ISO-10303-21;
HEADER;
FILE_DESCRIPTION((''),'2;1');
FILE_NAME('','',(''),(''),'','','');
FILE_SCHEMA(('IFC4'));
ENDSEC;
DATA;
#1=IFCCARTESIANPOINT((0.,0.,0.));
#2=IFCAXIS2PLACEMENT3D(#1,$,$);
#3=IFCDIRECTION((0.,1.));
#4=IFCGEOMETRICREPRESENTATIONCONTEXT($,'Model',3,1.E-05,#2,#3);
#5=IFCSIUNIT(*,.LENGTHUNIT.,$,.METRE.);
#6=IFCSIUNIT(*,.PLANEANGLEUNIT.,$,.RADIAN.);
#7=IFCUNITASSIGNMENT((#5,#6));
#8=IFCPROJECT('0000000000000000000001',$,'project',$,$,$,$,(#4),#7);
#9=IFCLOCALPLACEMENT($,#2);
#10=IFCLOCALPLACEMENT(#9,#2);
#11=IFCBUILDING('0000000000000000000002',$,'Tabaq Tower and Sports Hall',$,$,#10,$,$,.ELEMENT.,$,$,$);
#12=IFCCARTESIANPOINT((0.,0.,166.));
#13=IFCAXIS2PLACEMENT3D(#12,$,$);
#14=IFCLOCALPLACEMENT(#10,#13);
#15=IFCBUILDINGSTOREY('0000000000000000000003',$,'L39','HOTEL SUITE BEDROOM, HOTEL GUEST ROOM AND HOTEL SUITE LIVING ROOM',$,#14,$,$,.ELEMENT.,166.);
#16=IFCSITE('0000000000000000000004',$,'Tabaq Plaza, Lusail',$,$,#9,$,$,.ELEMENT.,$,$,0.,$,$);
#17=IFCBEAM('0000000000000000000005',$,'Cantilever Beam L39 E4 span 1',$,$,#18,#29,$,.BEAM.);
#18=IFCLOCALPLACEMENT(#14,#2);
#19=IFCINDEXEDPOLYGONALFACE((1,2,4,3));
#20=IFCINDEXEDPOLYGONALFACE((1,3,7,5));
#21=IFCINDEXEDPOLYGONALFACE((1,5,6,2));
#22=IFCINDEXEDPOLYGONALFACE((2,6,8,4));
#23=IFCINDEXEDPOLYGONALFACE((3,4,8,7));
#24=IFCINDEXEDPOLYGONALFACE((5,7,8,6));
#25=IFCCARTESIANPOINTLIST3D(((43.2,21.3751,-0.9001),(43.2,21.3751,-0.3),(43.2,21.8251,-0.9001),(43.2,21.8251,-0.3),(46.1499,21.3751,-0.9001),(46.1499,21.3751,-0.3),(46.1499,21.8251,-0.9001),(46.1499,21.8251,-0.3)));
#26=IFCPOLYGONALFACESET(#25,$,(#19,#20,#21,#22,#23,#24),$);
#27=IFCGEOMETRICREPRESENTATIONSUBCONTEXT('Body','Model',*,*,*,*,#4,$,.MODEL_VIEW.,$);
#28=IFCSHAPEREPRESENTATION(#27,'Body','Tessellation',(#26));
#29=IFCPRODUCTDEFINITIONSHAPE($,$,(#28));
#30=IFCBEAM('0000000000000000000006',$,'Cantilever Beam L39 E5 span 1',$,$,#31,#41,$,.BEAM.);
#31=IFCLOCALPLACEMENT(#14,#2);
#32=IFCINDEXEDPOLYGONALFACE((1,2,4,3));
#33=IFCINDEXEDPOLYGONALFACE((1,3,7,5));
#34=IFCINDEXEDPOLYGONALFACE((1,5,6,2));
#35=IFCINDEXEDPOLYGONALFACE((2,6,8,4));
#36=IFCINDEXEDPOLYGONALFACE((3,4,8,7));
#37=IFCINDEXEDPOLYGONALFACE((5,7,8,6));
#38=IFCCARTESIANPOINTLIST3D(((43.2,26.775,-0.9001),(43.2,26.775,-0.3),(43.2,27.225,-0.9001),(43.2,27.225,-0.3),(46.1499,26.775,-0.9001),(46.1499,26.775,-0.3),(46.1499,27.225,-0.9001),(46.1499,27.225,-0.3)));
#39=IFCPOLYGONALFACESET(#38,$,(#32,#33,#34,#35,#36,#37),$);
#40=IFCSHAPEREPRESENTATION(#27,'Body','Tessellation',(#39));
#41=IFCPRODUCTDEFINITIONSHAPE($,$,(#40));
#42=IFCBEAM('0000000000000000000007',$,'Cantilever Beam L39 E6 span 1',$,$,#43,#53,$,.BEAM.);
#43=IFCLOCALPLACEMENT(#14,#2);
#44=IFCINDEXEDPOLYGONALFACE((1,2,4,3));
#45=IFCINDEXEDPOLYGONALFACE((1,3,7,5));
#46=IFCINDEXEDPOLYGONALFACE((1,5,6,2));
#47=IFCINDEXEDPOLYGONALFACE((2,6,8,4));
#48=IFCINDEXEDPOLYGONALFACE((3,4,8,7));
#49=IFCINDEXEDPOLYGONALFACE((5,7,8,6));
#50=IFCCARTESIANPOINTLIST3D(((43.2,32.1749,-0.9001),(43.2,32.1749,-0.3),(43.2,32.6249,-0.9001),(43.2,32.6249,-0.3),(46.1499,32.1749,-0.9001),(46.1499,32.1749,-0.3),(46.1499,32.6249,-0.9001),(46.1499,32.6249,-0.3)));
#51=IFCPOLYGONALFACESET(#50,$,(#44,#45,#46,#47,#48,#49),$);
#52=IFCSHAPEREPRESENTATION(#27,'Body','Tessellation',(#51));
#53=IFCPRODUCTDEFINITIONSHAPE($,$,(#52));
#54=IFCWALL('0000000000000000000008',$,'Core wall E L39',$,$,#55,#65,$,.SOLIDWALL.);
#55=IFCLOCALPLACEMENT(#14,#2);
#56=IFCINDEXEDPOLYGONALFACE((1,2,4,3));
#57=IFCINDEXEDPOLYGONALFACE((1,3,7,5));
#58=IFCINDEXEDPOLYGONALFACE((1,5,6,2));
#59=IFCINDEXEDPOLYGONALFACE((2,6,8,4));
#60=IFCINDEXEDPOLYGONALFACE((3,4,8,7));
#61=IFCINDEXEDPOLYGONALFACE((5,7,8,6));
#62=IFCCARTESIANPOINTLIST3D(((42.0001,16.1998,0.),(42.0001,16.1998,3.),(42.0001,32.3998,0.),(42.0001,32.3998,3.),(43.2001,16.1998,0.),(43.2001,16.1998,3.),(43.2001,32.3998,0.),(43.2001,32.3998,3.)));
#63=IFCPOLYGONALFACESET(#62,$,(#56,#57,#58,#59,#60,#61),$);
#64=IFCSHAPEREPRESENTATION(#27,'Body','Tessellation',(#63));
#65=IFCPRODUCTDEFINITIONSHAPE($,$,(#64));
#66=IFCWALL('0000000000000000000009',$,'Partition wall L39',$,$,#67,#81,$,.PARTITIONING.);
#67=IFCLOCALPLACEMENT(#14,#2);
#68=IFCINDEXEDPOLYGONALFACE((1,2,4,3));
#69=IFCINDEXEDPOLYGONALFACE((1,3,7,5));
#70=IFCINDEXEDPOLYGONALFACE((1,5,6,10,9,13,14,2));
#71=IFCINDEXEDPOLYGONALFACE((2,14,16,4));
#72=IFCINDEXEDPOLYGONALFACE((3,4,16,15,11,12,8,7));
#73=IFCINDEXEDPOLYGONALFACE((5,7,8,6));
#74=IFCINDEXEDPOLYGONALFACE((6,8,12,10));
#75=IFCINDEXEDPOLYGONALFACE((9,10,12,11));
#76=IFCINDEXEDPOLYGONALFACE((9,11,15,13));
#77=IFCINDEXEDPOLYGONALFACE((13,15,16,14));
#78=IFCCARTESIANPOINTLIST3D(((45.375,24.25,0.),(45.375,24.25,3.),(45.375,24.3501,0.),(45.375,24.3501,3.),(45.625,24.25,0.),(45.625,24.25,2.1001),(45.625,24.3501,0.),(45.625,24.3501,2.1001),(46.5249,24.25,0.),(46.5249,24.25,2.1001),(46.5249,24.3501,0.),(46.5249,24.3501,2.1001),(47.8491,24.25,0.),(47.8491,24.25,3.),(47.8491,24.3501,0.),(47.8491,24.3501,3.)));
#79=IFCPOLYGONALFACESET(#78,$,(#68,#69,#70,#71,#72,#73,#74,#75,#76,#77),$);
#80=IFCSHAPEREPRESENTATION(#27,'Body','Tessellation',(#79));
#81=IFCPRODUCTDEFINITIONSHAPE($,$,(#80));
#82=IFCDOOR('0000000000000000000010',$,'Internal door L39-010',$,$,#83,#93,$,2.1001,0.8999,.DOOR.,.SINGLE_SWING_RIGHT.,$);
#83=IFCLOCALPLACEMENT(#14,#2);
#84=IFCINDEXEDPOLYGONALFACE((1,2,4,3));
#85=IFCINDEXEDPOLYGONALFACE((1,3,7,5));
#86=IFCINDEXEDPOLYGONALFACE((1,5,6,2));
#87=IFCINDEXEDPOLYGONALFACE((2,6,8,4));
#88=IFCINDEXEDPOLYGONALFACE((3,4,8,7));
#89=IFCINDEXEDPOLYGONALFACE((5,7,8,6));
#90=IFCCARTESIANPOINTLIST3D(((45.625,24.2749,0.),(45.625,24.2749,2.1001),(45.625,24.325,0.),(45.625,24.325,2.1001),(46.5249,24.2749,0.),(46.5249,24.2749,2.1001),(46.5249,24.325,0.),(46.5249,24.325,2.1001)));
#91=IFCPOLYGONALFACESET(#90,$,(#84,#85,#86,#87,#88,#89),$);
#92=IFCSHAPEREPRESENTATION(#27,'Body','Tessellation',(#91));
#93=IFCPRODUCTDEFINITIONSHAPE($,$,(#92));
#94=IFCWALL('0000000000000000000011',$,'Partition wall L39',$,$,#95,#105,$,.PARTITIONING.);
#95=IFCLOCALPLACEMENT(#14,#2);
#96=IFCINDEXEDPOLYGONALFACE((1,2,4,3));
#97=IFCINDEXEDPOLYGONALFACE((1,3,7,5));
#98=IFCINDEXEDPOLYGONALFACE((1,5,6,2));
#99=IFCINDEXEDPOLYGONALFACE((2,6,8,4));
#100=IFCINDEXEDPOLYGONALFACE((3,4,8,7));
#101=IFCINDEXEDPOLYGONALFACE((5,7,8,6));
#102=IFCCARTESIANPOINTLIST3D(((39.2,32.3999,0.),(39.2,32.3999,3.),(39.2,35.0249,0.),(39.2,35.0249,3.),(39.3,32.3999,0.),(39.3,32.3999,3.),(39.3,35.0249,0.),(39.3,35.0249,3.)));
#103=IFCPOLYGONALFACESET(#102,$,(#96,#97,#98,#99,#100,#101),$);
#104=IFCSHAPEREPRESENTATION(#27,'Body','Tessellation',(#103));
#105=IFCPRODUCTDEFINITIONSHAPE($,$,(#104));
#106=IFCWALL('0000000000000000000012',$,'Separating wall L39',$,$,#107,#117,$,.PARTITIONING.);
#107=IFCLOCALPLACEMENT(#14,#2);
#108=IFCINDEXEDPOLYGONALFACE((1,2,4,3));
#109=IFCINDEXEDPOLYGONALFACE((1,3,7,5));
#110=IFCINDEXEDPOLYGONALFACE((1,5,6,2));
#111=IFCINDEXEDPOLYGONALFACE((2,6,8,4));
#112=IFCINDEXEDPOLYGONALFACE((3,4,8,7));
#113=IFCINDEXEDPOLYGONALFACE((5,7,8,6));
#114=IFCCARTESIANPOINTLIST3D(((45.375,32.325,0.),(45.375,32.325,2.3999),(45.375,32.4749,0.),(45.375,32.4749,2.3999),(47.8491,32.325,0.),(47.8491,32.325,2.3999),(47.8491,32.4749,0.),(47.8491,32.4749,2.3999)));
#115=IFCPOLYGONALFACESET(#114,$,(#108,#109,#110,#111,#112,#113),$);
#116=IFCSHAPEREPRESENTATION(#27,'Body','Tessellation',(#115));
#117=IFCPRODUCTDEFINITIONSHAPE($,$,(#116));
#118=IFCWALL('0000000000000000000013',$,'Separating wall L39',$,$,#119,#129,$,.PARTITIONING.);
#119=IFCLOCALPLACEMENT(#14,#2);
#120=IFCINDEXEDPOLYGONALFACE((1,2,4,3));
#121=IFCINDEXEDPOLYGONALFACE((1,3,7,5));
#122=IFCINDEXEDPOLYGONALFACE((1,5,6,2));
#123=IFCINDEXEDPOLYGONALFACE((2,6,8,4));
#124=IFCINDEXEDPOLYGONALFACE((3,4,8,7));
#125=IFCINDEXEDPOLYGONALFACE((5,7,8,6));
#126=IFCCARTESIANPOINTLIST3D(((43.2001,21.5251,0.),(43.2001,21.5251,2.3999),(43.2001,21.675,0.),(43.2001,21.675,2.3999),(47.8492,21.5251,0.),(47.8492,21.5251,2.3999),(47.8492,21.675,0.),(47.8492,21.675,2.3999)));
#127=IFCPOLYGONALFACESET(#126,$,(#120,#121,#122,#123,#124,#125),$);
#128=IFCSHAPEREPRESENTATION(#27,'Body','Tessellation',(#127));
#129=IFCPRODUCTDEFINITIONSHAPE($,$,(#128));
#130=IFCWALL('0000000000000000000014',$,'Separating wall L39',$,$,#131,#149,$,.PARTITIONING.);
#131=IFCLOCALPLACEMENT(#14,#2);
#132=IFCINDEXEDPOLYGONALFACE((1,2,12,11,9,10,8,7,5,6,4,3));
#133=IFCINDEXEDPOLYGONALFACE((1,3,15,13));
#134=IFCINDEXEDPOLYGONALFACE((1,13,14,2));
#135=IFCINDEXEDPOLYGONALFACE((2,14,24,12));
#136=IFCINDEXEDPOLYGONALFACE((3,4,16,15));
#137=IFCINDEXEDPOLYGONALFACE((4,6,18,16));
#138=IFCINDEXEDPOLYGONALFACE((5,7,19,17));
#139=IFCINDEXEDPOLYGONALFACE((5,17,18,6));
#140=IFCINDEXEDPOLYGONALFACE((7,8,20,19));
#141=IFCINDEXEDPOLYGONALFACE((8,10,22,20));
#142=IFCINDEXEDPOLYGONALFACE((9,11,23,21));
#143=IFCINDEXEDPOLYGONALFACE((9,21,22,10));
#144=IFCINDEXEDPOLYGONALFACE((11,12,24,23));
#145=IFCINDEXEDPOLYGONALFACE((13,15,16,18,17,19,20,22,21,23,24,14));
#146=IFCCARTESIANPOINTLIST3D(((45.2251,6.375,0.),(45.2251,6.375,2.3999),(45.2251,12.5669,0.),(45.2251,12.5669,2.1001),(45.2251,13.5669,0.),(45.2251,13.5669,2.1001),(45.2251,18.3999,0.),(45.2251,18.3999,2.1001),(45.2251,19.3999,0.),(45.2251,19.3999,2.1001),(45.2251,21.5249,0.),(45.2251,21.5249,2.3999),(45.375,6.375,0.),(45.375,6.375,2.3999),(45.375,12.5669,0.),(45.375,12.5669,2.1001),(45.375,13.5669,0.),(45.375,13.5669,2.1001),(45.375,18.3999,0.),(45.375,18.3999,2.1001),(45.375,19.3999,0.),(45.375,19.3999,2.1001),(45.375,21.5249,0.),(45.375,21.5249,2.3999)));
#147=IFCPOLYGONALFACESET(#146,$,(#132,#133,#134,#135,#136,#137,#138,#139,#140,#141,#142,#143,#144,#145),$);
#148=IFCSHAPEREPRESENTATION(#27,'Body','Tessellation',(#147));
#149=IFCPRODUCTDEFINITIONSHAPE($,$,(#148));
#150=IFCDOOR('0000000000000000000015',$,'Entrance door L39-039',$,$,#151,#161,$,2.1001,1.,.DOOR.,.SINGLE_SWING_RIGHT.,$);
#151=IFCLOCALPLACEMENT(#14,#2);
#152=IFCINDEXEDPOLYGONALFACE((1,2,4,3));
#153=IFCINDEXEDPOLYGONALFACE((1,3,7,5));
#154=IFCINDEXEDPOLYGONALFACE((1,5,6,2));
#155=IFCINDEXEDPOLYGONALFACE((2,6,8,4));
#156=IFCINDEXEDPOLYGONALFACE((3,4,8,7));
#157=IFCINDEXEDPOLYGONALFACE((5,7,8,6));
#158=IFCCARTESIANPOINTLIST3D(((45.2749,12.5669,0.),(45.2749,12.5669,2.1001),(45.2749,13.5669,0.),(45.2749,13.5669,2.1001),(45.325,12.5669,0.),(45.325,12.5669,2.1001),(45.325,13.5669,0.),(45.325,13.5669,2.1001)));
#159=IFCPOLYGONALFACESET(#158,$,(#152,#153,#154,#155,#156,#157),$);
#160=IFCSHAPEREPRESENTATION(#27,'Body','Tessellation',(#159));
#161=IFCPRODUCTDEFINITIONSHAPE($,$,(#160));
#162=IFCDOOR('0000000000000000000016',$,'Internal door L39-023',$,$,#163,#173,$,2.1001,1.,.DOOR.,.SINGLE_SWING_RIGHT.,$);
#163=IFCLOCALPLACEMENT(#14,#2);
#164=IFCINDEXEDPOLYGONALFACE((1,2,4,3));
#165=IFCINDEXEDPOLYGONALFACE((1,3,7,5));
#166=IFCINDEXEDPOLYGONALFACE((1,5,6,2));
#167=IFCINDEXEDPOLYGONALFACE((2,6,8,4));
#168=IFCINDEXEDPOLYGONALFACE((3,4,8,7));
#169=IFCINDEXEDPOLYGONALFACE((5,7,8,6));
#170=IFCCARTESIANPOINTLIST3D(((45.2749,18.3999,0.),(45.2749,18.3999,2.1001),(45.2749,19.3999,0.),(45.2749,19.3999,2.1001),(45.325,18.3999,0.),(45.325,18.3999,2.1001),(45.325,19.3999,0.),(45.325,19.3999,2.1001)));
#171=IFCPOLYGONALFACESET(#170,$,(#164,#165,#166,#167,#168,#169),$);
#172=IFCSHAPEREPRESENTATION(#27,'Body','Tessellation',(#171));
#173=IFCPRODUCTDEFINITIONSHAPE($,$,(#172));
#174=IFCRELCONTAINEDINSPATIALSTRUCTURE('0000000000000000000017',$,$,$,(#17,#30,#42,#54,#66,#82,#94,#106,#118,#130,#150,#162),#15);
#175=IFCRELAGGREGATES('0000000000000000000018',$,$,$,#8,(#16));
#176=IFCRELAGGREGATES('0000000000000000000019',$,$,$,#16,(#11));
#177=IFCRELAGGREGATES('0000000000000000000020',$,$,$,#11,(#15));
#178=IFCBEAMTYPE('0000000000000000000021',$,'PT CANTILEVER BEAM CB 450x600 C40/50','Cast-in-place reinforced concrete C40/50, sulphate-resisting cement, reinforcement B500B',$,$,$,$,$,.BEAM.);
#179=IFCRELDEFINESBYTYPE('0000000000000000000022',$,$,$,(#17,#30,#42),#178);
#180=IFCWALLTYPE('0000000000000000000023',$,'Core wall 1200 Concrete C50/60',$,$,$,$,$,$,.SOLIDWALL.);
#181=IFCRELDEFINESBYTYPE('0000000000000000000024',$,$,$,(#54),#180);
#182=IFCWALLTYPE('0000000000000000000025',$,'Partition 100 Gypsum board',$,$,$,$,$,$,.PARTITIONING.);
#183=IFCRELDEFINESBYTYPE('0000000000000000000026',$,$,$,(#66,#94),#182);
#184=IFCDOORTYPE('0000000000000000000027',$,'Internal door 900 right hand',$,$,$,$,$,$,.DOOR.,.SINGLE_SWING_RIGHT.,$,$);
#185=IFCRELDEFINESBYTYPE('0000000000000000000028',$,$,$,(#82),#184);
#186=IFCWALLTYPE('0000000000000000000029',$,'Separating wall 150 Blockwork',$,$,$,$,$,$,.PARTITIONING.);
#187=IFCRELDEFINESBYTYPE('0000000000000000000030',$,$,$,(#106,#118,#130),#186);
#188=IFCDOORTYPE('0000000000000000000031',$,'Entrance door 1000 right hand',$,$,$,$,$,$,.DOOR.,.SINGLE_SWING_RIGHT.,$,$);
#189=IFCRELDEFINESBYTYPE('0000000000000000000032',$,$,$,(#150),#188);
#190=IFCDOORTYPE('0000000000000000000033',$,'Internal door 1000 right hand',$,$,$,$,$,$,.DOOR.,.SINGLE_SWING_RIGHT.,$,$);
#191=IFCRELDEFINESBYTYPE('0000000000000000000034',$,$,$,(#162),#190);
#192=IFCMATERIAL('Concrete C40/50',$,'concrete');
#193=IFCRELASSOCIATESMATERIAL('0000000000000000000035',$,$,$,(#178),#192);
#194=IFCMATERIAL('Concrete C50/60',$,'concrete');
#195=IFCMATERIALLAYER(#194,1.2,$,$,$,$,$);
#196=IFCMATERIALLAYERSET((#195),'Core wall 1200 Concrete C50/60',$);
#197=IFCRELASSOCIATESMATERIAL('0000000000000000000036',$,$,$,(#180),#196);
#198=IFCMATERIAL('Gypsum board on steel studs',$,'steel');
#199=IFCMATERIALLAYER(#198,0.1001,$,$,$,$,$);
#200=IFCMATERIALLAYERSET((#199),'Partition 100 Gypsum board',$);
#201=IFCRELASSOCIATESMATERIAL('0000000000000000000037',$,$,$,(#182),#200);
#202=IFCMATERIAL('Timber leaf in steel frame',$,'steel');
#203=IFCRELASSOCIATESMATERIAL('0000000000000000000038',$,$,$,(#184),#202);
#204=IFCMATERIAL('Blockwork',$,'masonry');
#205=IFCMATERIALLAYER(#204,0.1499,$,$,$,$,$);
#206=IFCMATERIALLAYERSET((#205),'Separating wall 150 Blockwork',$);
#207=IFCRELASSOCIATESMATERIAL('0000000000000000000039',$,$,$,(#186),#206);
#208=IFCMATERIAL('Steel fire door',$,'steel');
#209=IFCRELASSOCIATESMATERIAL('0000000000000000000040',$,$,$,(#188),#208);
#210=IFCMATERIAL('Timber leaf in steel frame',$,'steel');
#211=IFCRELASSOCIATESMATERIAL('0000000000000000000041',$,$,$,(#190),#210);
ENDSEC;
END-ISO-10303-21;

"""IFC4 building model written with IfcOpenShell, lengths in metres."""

from ifc_helpers import new_model, si_unit, direction, frame, frame_2d, origin, origin_2d, place, context, subcontext, project, spatial, rectangle, extrude, material, layer, layer_set, material_profile, profile_set, type_object, element, fill, save


model = new_model("IFC4")

# Units and contexts
model_context = context("Model", 3, precision=1e-05, world=origin(), true_north=direction((0.0, 1.0)))
body_context = subcontext(model_context, "Body", "Model", "MODEL_VIEW")
ifc_project = project(units=[si_unit("LENGTHUNIT", "METRE"), si_unit("PLANEANGLEUNIT", "RADIAN")], contexts=[model_context])

# Site, building, storey
site_placement = place(None, origin())
site = spatial("IfcSite", under=ifc_project, at=site_placement, Name="Tabaq Plaza, Lusail", CompositionType="ELEMENT", RefElevation=0.0)
building_placement = place(site_placement, origin())
building = spatial("IfcBuilding", under=site, at=building_placement, Name="Tabaq Tower and Sports Hall", CompositionType="ELEMENT")
storey_placement = place(building_placement, frame((0.0, 0.0, 166.0)))
storey = spatial("IfcBuildingStorey", under=building, at=storey_placement, Name="L39", Description="HOTEL SUITE BEDROOM, HOTEL GUEST ROOM AND HOTEL SUITE LIVING ROOM", CompositionType="ELEMENT", Elevation=166.0)

# Beams
ifc_material_1 = material(Name="Concrete C40/50", Category="concrete")
ifc_material_profile = material_profile(ifc_material_1, rectangle(XDim=0.45, YDim=0.6001, at=origin_2d()), Name="CB 450x600")
ifc_profile_set = profile_set([ifc_material_profile], Name="Concrete C40/50")
beam_type = type_object("IfcBeamType", Name="PT CANTILEVER BEAM CB 450x600 C40/50", Description="Cast-in-place reinforced concrete C40/50, sulphate-resisting cement, reinforcement B500B", PredefinedType="BEAM", material=ifc_profile_set)
for number, where, z_axis, x_axis, name in (
    (1, (46.1499, 21.6001, -0.6001), (-1.0, 0.0, 0.0), (0.0, -1.0, 0.0), "Cantilever Beam L39 E4 span 1"),
    (2, (46.1499, 27.0, -0.6001), (-1.0, 0.0, 0.0), (0.0, -1.0, 0.0), "Cantilever Beam L39 E5 span 1"),
    (3, (46.1499, 32.3999, -0.6001), (-1.0, 0.0, 0.0), (0.0, -1.0, 0.0), "Cantilever Beam L39 E6 span 1"),
):
    element("IfcBeam", number, at=place(storey_placement, frame(where, z_axis=z_axis, x_axis=x_axis)), inside=storey, type_object=beam_type, Name=name, PredefinedType="BEAM", context=body_context, shape_type="SweptSolid", body=[
        extrude(rectangle(XDim=0.45, YDim=0.6001, at=origin_2d()), origin(), (0.0, 0.0, 1.0), 2.95),
    ])

# Wall
ifc_material_2 = material(Name="Concrete C50/60", Category="concrete")
ifc_layer_1 = layer(ifc_material_2, 1.2)
ifc_layer_set_1 = layer_set([ifc_layer_1], Name="Core wall 1200 Concrete C50/60")
wall_type_1 = type_object("IfcWallType", Name="Core wall 1200 Concrete C50/60", PredefinedType="SOLIDWALL", material=ifc_layer_set_1)
wall_1_placement = place(storey_placement, frame((42.6001, 32.3999, 0.0), z_axis=(0.0, 0.0, 1.0), x_axis=(0.0, -1.0, 0.0)))
element("IfcWall", 4, at=wall_1_placement, inside=storey, type_object=wall_type_1, Name="Core wall E L39", PredefinedType="SOLIDWALL", context=body_context, shape_type="SweptSolid", body=[
    extrude(rectangle(XDim=16.2, YDim=1.2, at=frame_2d((8.1001, 0.0))), origin(), (0.0, 0.0, 1.0), 3.0),
])

# Wall, opening, door
ifc_material_3 = material(Name="Gypsum board on steel studs", Category="steel")
ifc_layer_2 = layer(ifc_material_3, 0.1001)
ifc_layer_set_2 = layer_set([ifc_layer_2], Name="Partition 100 Gypsum board")
wall_type_2 = type_object("IfcWallType", Name="Partition 100 Gypsum board", PredefinedType="PARTITIONING", material=ifc_layer_set_2)
wall_2_placement = place(storey_placement, frame((45.375, 24.3, 0.0), z_axis=(0.0, 0.0, 1.0), x_axis=(1.0, 0.0, 0.0)))
wall_2 = element("IfcWall", 5, at=wall_2_placement, inside=storey, type_object=wall_type_2, Name="Partition wall L39", PredefinedType="PARTITIONING", context=body_context, shape_type="SweptSolid", body=[
    extrude(rectangle(XDim=2.4741, YDim=0.1001, at=frame_2d((1.2371, 0.0))), origin(), (0.0, 0.0, 1.0), 3.0),
])
opening_1_placement = place(wall_2_placement, frame((0.25, 0.0, 0.0)))
opening_1 = element("IfcOpeningElement", 6, at=opening_1_placement, cuts=wall_2, PredefinedType="OPENING", context=body_context, shape_type="SweptSolid", body=[
    extrude(rectangle(XDim=0.8999, YDim=2.1001, at=frame_2d((0.45, 1.05))), frame((0.0, 0.05, 0.0), z_axis=(0.0, -1.0, 0.0), x_axis=(1.0, 0.0, 0.0)), (0.0, 0.0, 1.0), 0.1001),
])
ifc_material_4 = material(Name="Timber leaf in steel frame", Category="steel")
door_type_1 = type_object("IfcDoorType", Name="Internal door 900 right hand", OperationType="SINGLE_SWING_RIGHT", PredefinedType="DOOR", material=ifc_material_4)
door_1_placement = place(opening_1_placement, origin())
door_1 = element("IfcDoor", 7, at=door_1_placement, inside=storey, type_object=door_type_1, Name="Internal door L39-010", OperationType="SINGLE_SWING_RIGHT", OverallHeight=2.1001, OverallWidth=0.8999, PredefinedType="DOOR", context=body_context, shape_type="SweptSolid", body=[
    extrude(rectangle(XDim=0.8999, YDim=2.1001, at=frame_2d((0.45, 1.05))), frame((0.0, 0.0249, 0.0), z_axis=(0.0, -1.0, 0.0), x_axis=(1.0, 0.0, 0.0)), (0.0, 0.0, 1.0), 0.05),
])
fill(opening_1, door_1)

# Walls
wall_3_placement = place(storey_placement, frame((39.25, 32.3999, 0.0), z_axis=(0.0, 0.0, 1.0), x_axis=(0.0, 1.0, 0.0)))
element("IfcWall", 8, at=wall_3_placement, inside=storey, type_object=wall_type_2, Name="Partition wall L39", PredefinedType="PARTITIONING", context=body_context, shape_type="SweptSolid", body=[
    extrude(rectangle(XDim=2.625, YDim=0.1001, at=frame_2d((1.3125, 0.0))), origin(), (0.0, 0.0, 1.0), 3.0),
])
ifc_material_5 = material(Name="Blockwork", Category="masonry")
ifc_layer_3 = layer(ifc_material_5, 0.1499)
ifc_layer_set_3 = layer_set([ifc_layer_3], Name="Separating wall 150 Blockwork")
wall_type_3 = type_object("IfcWallType", Name="Separating wall 150 Blockwork", PredefinedType="PARTITIONING", material=ifc_layer_set_3)
wall_4_placement = place(storey_placement, frame((45.375, 32.3999, 0.0), z_axis=(0.0, 0.0, 1.0), x_axis=(1.0, 0.0, 0.0)))
element("IfcWall", 9, at=wall_4_placement, inside=storey, type_object=wall_type_3, Name="Separating wall L39", PredefinedType="PARTITIONING", context=body_context, shape_type="SweptSolid", body=[
    extrude(rectangle(XDim=2.4741, YDim=0.1499, at=frame_2d((1.2371, 0.0))), origin(), (0.0, 0.0, 1.0), 2.3999),
])
wall_5_placement = place(storey_placement, frame((43.2, 21.6001, 0.0), z_axis=(0.0, 0.0, 1.0), x_axis=(1.0, 0.0, 0.0)))
element("IfcWall", 10, at=wall_5_placement, inside=storey, type_object=wall_type_3, Name="Separating wall L39", PredefinedType="PARTITIONING", context=body_context, shape_type="SweptSolid", body=[
    extrude(rectangle(XDim=4.6492, YDim=0.1499, at=frame_2d((2.3247, 0.0))), origin(), (0.0, 0.0, 1.0), 2.3999),
])

# Wall, openings, doors
wall_6_placement = place(storey_placement, frame((45.3, 21.5249, 0.0), z_axis=(0.0, 0.0, 1.0), x_axis=(0.0, -1.0, 0.0)))
wall_6 = element("IfcWall", 11, at=wall_6_placement, inside=storey, type_object=wall_type_3, Name="Separating wall L39", PredefinedType="PARTITIONING", context=body_context, shape_type="SweptSolid", body=[
    extrude(rectangle(XDim=15.1499, YDim=0.1499, at=frame_2d((7.575, 0.0))), origin(), (0.0, 0.0, 1.0), 2.3999),
])
opening_2_placement = place(wall_6_placement, frame((2.125, 0.0, 0.0)))
opening_2 = element("IfcOpeningElement", 12, at=opening_2_placement, cuts=wall_6, PredefinedType="OPENING", context=body_context, shape_type="SweptSolid", body=[
    extrude(rectangle(XDim=1.0, YDim=2.1001, at=frame_2d((0.5, 1.05))), frame((0.0, 0.075, 0.0), z_axis=(0.0, -1.0, 0.0), x_axis=(1.0, 0.0, 0.0)), (0.0, 0.0, 1.0), 0.1499),
])
opening_3_placement = place(wall_6_placement, frame((7.958, 0.0, 0.0)))
opening_3 = element("IfcOpeningElement", 13, at=opening_3_placement, cuts=wall_6, PredefinedType="OPENING", context=body_context, shape_type="SweptSolid", body=[
    extrude(rectangle(XDim=1.0, YDim=2.1001, at=frame_2d((0.5, 1.05))), frame((0.0, 0.075, 0.0), z_axis=(0.0, -1.0, 0.0), x_axis=(1.0, 0.0, 0.0)), (0.0, 0.0, 1.0), 0.1499),
])
ifc_material_6 = material(Name="Steel fire door", Category="steel")
door_type_2 = type_object("IfcDoorType", Name="Entrance door 1000 right hand", OperationType="SINGLE_SWING_RIGHT", PredefinedType="DOOR", material=ifc_material_6)
door_2_placement = place(opening_3_placement, origin())
door_2 = element("IfcDoor", 14, at=door_2_placement, inside=storey, type_object=door_type_2, Name="Entrance door L39-039", OperationType="SINGLE_SWING_RIGHT", OverallHeight=2.1001, OverallWidth=1.0, PredefinedType="DOOR", context=body_context, shape_type="SweptSolid", body=[
    extrude(rectangle(XDim=1.0, YDim=2.1001, at=frame_2d((0.5, 1.05))), frame((0.0, 0.0249, 0.0), z_axis=(0.0, -1.0, 0.0), x_axis=(1.0, 0.0, 0.0)), (0.0, 0.0, 1.0), 0.05),
])
fill(opening_3, door_2)
ifc_material_7 = material(Name="Timber leaf in steel frame", Category="steel")
door_type_3 = type_object("IfcDoorType", Name="Internal door 1000 right hand", OperationType="SINGLE_SWING_RIGHT", PredefinedType="DOOR", material=ifc_material_7)
door_3_placement = place(opening_2_placement, origin())
door_3 = element("IfcDoor", 15, at=door_3_placement, inside=storey, type_object=door_type_3, Name="Internal door L39-023", OperationType="SINGLE_SWING_RIGHT", OverallHeight=2.1001, OverallWidth=1.0, PredefinedType="DOOR", context=body_context, shape_type="SweptSolid", body=[
    extrude(rectangle(XDim=1.0, YDim=2.1001, at=frame_2d((0.5, 1.05))), frame((0.0, 0.0249, 0.0), z_axis=(0.0, -1.0, 0.0), x_axis=(1.0, 0.0, 0.0)), (0.0, 0.0, 1.0), 0.05),
])
fill(opening_2, door_3)

save(model, "model.ifc")
